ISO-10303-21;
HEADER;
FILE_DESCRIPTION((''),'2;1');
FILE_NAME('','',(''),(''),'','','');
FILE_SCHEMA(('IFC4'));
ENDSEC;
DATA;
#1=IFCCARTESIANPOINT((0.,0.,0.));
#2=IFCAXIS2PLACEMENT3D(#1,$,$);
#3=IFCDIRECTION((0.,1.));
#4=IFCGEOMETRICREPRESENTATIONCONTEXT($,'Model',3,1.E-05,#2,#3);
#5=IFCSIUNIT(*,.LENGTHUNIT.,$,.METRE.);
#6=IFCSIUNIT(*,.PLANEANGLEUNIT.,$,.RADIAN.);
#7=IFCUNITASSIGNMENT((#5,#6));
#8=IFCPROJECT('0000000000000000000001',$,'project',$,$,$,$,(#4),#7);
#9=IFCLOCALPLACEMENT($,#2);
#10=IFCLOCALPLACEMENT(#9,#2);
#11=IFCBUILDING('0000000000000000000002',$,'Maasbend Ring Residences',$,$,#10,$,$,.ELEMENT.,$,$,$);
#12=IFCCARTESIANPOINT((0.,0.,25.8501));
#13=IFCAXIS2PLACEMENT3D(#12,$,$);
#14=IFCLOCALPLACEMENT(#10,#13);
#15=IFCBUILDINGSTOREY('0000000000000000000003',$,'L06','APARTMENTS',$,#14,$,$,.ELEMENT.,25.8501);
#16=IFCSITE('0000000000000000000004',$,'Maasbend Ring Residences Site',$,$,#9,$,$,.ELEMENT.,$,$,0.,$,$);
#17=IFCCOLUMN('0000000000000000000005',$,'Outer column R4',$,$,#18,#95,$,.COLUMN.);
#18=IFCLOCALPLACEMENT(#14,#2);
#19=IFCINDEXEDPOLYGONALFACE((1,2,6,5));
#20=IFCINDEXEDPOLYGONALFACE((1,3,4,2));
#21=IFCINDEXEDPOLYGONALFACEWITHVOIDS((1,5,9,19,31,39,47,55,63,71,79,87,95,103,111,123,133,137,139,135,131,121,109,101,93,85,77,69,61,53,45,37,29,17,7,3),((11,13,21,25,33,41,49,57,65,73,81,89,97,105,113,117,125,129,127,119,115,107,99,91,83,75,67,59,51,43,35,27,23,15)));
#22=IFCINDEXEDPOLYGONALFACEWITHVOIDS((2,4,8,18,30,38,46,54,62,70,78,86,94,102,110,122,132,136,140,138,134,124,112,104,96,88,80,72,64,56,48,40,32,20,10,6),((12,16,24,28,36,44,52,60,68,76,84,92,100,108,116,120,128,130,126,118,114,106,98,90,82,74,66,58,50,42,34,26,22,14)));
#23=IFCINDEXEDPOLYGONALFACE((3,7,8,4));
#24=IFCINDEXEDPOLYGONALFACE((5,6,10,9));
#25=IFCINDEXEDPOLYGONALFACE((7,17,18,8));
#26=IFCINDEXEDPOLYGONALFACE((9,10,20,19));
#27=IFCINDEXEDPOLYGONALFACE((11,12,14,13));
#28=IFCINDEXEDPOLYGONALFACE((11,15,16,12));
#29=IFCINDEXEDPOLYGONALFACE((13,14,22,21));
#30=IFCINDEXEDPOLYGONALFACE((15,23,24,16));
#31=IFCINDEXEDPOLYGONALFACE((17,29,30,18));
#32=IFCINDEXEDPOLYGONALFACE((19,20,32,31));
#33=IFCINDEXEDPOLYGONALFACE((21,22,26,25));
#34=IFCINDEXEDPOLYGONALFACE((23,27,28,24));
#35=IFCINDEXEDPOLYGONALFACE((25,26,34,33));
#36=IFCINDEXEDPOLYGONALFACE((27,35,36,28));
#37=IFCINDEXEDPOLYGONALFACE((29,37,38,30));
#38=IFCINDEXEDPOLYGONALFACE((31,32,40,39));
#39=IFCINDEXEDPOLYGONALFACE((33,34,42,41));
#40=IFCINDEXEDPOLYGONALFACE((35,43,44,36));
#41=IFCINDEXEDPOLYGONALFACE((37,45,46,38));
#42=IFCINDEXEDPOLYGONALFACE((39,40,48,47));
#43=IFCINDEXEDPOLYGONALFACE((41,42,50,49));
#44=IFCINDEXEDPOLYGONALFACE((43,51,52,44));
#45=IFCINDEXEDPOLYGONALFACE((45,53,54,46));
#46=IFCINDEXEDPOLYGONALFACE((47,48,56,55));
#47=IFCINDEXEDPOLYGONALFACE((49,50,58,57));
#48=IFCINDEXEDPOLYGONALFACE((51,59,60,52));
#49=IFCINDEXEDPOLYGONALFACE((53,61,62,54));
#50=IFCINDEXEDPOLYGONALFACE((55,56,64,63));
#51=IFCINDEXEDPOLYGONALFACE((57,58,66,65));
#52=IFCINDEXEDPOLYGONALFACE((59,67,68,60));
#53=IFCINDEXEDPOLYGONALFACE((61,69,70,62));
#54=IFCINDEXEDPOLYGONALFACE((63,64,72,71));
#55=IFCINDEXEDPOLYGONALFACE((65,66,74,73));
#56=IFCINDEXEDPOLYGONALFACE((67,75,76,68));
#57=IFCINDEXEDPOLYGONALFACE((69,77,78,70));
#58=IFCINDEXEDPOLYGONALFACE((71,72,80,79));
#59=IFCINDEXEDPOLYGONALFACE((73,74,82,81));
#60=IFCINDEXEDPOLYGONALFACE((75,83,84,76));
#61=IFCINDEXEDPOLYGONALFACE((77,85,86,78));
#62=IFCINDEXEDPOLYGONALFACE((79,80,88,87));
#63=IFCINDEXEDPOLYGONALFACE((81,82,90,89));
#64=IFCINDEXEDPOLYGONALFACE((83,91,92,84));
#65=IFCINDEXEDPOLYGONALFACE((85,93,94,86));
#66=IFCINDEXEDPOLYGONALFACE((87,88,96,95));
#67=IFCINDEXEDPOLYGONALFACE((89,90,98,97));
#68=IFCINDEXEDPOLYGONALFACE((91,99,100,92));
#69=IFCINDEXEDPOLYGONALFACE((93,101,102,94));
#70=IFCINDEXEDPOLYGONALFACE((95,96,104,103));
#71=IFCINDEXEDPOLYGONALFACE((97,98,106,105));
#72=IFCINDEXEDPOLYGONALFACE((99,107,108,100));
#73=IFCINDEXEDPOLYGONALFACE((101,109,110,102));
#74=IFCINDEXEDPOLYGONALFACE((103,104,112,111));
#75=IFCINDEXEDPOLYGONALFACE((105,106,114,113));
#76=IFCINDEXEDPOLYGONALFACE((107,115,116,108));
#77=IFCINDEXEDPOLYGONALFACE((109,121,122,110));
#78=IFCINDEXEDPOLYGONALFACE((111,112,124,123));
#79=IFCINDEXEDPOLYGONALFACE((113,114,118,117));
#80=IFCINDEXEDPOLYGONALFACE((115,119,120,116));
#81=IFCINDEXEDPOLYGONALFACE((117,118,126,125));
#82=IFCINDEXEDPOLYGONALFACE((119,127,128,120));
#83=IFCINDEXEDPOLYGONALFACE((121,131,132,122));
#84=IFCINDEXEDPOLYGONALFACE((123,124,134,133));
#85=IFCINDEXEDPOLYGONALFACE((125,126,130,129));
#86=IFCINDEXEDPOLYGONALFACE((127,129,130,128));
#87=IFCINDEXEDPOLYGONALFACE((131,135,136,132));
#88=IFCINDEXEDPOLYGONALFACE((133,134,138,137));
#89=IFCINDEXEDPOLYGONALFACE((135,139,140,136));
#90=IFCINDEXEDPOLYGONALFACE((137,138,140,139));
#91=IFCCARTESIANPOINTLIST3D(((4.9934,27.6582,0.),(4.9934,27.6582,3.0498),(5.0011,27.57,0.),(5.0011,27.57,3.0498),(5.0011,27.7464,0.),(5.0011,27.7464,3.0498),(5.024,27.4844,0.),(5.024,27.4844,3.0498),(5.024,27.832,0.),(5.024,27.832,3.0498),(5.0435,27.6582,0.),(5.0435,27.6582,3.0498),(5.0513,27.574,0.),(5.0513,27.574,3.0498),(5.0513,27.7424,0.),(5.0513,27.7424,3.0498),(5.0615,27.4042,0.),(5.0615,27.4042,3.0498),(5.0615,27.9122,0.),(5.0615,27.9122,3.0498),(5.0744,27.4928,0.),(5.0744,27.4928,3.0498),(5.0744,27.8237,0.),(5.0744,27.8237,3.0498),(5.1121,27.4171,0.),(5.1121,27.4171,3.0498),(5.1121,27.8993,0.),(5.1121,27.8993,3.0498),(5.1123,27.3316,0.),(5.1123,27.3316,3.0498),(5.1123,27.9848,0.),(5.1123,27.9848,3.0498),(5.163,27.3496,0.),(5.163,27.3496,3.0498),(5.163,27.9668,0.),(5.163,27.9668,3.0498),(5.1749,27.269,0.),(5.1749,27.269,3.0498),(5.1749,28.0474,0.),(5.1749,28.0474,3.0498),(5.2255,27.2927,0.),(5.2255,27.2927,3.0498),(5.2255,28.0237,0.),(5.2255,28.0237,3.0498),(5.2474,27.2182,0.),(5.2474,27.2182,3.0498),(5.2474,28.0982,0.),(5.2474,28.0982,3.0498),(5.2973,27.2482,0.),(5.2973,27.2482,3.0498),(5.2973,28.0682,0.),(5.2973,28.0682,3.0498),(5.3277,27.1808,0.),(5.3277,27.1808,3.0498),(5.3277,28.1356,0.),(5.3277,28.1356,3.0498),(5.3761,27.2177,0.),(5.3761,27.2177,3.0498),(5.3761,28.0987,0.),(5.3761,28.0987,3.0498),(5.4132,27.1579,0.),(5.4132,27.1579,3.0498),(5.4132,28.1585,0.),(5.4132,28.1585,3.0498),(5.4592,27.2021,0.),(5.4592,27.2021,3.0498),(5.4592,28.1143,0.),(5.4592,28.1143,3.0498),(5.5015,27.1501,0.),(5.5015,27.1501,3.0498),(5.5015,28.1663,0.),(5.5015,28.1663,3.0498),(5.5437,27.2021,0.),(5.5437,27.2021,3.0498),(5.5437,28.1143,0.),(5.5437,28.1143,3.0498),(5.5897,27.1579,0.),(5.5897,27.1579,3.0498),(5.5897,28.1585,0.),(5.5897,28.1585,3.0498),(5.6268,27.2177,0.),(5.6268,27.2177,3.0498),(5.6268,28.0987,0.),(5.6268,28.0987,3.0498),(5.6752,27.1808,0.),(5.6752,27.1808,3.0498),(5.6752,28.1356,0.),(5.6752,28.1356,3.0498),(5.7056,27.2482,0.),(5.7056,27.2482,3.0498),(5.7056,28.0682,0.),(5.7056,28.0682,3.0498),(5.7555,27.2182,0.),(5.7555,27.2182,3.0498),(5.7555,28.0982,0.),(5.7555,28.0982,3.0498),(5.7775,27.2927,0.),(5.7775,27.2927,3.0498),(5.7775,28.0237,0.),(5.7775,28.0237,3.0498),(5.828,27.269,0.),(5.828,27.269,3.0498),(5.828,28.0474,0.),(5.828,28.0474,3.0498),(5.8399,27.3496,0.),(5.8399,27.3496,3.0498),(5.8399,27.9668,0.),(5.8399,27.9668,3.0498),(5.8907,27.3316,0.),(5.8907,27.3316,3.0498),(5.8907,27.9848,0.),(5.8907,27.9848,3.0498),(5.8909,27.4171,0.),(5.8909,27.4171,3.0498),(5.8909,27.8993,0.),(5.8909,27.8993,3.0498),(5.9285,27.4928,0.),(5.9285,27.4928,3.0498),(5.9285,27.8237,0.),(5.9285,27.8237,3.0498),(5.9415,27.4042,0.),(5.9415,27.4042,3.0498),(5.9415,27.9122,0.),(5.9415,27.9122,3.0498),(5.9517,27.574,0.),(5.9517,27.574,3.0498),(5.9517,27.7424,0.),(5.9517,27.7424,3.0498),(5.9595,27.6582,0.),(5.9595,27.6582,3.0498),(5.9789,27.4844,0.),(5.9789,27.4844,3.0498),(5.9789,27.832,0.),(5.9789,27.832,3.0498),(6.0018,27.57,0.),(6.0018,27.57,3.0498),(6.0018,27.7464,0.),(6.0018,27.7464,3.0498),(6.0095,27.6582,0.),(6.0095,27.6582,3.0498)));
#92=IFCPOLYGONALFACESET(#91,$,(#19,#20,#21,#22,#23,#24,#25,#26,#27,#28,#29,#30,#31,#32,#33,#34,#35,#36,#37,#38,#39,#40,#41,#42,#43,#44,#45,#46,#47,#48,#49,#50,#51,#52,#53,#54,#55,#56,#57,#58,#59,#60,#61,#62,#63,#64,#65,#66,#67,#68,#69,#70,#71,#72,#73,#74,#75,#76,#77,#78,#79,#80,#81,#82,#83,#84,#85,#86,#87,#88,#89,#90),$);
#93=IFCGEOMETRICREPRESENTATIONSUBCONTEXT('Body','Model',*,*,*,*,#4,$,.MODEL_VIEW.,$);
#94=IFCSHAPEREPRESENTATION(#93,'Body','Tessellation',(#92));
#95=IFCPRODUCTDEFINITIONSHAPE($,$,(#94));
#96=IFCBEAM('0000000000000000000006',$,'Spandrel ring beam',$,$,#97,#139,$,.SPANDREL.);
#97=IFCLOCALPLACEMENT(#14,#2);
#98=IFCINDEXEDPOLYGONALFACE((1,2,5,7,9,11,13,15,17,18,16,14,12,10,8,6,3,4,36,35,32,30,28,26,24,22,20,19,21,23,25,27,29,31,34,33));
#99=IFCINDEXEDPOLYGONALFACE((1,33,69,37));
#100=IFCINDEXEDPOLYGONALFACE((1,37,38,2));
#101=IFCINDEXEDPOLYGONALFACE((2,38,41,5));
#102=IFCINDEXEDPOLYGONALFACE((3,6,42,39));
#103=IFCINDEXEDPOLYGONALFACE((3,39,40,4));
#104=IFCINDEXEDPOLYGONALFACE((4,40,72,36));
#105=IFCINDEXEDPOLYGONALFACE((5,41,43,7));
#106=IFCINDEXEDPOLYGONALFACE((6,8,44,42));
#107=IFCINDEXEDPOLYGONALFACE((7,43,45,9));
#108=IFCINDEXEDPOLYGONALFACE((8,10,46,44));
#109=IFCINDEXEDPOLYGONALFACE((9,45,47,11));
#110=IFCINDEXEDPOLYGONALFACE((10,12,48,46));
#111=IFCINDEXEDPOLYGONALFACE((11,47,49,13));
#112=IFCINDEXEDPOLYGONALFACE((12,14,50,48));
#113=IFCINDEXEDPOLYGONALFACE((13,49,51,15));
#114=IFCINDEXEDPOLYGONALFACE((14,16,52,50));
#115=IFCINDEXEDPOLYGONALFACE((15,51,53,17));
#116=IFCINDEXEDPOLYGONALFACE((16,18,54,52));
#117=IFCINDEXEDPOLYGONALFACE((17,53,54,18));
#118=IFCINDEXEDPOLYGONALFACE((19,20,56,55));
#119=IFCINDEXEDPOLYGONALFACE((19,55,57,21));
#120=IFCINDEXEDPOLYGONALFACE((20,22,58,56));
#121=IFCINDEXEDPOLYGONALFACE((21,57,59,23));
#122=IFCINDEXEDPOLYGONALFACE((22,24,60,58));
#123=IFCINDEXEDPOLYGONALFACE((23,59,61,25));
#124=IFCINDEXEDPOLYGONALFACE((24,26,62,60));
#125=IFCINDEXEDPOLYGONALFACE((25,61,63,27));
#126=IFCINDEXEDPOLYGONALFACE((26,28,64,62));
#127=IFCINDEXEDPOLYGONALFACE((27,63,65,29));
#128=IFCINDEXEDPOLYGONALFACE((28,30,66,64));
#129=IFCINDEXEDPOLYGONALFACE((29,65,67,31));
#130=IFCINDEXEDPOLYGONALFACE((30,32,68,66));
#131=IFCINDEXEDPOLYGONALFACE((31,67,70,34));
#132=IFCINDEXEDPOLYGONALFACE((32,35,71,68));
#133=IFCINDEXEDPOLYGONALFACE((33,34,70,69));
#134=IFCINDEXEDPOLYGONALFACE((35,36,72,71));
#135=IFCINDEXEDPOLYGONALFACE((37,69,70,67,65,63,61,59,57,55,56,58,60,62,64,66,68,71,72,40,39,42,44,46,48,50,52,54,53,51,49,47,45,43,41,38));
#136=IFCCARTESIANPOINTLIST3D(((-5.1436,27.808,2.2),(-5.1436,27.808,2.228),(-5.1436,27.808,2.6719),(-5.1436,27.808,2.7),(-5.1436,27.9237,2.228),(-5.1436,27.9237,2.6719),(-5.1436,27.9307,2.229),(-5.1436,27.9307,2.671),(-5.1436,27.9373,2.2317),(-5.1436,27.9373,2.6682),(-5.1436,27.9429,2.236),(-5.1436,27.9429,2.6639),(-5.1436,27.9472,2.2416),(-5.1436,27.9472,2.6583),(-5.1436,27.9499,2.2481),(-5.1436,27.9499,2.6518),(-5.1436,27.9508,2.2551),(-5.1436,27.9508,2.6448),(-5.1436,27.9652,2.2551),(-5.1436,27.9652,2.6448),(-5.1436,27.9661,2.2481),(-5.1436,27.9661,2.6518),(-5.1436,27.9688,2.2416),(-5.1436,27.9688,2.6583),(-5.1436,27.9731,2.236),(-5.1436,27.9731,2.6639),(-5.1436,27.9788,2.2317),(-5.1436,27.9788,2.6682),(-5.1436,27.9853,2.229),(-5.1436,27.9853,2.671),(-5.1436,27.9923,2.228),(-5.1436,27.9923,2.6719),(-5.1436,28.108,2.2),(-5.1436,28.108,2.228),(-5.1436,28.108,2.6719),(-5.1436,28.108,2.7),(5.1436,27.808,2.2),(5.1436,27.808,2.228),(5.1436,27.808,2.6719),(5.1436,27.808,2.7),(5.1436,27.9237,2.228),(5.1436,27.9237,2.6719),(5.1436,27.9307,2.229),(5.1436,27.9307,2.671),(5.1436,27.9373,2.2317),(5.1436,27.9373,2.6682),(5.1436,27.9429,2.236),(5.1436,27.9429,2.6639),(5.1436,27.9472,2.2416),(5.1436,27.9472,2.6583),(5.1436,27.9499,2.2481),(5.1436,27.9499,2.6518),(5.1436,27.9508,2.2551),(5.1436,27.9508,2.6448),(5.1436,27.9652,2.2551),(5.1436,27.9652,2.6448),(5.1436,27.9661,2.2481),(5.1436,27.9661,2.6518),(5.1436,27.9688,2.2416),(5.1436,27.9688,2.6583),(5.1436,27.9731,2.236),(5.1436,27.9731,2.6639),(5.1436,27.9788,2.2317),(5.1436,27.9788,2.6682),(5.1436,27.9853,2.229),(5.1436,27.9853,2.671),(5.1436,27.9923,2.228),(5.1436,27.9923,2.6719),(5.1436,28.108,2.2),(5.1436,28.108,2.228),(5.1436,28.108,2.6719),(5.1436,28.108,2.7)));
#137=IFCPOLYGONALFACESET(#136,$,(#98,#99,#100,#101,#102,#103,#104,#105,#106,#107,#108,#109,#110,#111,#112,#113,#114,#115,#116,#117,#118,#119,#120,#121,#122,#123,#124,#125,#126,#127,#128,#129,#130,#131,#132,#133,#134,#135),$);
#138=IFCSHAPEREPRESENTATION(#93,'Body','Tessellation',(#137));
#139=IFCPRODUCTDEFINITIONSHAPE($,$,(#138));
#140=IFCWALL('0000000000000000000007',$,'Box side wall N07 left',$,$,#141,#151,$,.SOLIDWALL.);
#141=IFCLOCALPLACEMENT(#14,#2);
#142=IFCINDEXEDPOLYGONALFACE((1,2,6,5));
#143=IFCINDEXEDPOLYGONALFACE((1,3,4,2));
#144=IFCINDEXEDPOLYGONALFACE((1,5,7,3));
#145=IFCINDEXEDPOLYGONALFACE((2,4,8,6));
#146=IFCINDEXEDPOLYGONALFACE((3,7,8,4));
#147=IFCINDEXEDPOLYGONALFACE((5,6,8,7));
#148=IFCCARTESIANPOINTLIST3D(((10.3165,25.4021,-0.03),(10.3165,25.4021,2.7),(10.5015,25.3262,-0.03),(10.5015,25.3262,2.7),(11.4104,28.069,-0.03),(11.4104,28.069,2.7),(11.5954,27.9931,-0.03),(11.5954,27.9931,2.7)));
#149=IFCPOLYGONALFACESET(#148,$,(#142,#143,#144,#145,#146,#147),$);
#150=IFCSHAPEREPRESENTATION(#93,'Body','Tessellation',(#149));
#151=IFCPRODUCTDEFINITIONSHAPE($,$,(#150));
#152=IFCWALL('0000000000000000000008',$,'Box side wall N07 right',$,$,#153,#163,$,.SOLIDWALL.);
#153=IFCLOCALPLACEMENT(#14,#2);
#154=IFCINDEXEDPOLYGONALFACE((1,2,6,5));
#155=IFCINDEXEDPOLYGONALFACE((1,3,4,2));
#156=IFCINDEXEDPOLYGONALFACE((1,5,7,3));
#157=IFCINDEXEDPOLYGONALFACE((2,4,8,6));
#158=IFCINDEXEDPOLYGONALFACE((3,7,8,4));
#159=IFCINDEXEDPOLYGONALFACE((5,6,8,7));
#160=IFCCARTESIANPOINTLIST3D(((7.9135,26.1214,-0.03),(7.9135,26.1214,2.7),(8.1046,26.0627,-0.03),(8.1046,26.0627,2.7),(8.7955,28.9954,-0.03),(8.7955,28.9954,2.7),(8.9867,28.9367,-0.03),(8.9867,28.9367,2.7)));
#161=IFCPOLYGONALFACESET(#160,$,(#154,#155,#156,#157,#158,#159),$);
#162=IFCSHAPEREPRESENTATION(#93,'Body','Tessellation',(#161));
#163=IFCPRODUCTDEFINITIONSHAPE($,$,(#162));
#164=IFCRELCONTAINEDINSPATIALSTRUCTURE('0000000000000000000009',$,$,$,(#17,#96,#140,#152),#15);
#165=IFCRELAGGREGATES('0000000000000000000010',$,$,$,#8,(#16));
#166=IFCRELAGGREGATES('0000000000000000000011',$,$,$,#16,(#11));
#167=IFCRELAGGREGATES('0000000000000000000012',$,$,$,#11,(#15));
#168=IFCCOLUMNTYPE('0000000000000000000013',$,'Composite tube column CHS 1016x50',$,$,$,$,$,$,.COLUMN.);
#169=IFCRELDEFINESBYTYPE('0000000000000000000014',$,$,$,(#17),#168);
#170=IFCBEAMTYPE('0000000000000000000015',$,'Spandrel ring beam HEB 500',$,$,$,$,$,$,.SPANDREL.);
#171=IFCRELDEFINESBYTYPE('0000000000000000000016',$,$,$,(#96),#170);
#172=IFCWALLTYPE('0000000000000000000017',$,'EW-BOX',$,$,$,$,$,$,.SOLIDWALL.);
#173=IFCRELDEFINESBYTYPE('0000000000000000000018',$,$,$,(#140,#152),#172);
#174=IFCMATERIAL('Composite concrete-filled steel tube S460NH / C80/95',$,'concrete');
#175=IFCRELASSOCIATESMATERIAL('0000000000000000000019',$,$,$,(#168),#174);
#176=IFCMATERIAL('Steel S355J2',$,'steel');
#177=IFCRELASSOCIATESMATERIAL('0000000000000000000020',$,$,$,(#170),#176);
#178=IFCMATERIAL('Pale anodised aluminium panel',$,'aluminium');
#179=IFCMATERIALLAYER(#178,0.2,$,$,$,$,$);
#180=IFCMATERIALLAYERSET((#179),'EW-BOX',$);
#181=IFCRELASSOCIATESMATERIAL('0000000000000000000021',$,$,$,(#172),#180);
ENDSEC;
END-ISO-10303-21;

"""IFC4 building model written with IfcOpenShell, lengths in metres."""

from ifc_helpers import new_model, si_unit, direction, frame, frame_2d, origin, origin_2d, place, context, subcontext, project, spatial, rectangle, hollow_circle, i_section, extrude, material, layer, layer_set, material_profile, profile_set, type_object, element, save


model = new_model("IFC4")

# Units and contexts
model_context = context("Model", 3, precision=1e-05, world=origin(), true_north=direction((0.0, 1.0)))
body_context = subcontext(model_context, "Body", "Model", "MODEL_VIEW")
ifc_project = project(units=[si_unit("LENGTHUNIT", "METRE"), si_unit("PLANEANGLEUNIT", "RADIAN")], contexts=[model_context])

# Site, building, storey
site_placement = place(None, origin())
site = spatial("IfcSite", under=ifc_project, at=site_placement, Name="Maasbend Ring Residences Site", CompositionType="ELEMENT", RefElevation=0.0)
building_placement = place(site_placement, origin())
building = spatial("IfcBuilding", under=site, at=building_placement, Name="Maasbend Ring Residences", CompositionType="ELEMENT")
storey_placement = place(building_placement, frame((0.0, 0.0, 25.8501)))
storey = spatial("IfcBuildingStorey", under=building, at=storey_placement, Name="L06", Description="APARTMENTS", CompositionType="ELEMENT", Elevation=25.8501)

# Column
ifc_material_1 = material(Name="Composite concrete-filled steel tube S460NH / C80/95", Category="concrete")
ifc_material_profile_1 = material_profile(ifc_material_1, hollow_circle(Radius=0.5081, WallThickness=0.05, at=origin_2d()), Name="Composite tube column CHS 1016x50")
ifc_profile_set_1 = profile_set([ifc_material_profile_1], Name="Composite concrete-filled steel tube S460NH / C80/95")
column_type = type_object("IfcColumnType", Name="Composite tube column CHS 1016x50", PredefinedType="COLUMN", material=ifc_profile_set_1)
column_placement = place(storey_placement, frame((5.5015, 27.6582, 0.0), z_axis=(0.0, 0.0, 1.0), x_axis=(1.0, 0.0, 0.0)))
element("IfcColumn", 1, at=column_placement, inside=storey, type_object=column_type, Name="Outer column R4", PredefinedType="COLUMN", context=body_context, shape_type="SweptSolid", body=[
    extrude(hollow_circle(Radius=0.5081, WallThickness=0.05, at=origin_2d()), origin(), (0.0, 0.0, 1.0), 3.0498),
])

# Beam
ifc_material_2 = material(Name="Steel S355J2", Category="steel")
ifc_material_profile_2 = material_profile(ifc_material_2, i_section(OverallWidth=0.3, OverallDepth=0.5, WebThickness=0.0144, FlangeThickness=0.0281, FilletRadius=0.0271, at=origin_2d()), Name="HEB 500")
ifc_profile_set_2 = profile_set([ifc_material_profile_2], Name="Steel S355J2")
beam_type = type_object("IfcBeamType", Name="Spandrel ring beam HEB 500", PredefinedType="SPANDREL", material=ifc_profile_set_2)
beam_placement = place(storey_placement, frame((5.1436, 27.958, 2.45), z_axis=(-1.0, 0.0, 0.0), x_axis=(0.0, -1.0, 0.0)))
element("IfcBeam", 2, at=beam_placement, inside=storey, type_object=beam_type, Name="Spandrel ring beam", PredefinedType="SPANDREL", context=body_context, shape_type="SweptSolid", body=[
    extrude(i_section(OverallWidth=0.3, OverallDepth=0.5, WebThickness=0.0144, FlangeThickness=0.0281, FilletRadius=0.0271, at=origin_2d()), origin(), (0.0, 0.0, 1.0), 10.2871),
])

# Walls
ifc_material_3 = material(Name="Pale anodised aluminium panel", Category="aluminium")
ifc_layer_1 = layer(ifc_material_3, 0.2)
ifc_layer_set_1 = layer_set([ifc_layer_1], Name="EW-BOX")
wall_type_1 = type_object("IfcWallType", Name="EW-BOX", PredefinedType="SOLIDWALL", material=ifc_layer_set_1)
wall_1_placement = place(storey_placement, frame((10.4089, 25.364, -0.03), z_axis=(0.0, 0.0, 1.0), x_axis=(0.37951, 0.925188, 0.0)))
element("IfcWall", 3, at=wall_1_placement, inside=storey, type_object=wall_type_1, Name="Box side wall N07 left", PredefinedType="SOLIDWALL", context=body_context, shape_type="SweptSolid", body=[
    extrude(rectangle(XDim=2.8826, YDim=0.2, at=frame_2d((1.4414, 0.0))), origin(), (0.0, 0.0, 1.0), 2.73),
])
wall_2_placement = place(storey_placement, frame((8.009, 26.092, -0.03), z_axis=(0.0, 0.0, 1.0), x_axis=(0.293407, 0.955988, 0.0)))
element("IfcWall", 4, at=wall_2_placement, inside=storey, type_object=wall_type_1, Name="Box side wall N07 right", PredefinedType="SOLIDWALL", context=body_context, shape_type="SweptSolid", body=[
    extrude(rectangle(XDim=3.0063, YDim=0.2, at=frame_2d((1.5032, 0.0))), origin(), (0.0, 0.0, 1.0), 2.73),
])

save(model, "model.ifc")
